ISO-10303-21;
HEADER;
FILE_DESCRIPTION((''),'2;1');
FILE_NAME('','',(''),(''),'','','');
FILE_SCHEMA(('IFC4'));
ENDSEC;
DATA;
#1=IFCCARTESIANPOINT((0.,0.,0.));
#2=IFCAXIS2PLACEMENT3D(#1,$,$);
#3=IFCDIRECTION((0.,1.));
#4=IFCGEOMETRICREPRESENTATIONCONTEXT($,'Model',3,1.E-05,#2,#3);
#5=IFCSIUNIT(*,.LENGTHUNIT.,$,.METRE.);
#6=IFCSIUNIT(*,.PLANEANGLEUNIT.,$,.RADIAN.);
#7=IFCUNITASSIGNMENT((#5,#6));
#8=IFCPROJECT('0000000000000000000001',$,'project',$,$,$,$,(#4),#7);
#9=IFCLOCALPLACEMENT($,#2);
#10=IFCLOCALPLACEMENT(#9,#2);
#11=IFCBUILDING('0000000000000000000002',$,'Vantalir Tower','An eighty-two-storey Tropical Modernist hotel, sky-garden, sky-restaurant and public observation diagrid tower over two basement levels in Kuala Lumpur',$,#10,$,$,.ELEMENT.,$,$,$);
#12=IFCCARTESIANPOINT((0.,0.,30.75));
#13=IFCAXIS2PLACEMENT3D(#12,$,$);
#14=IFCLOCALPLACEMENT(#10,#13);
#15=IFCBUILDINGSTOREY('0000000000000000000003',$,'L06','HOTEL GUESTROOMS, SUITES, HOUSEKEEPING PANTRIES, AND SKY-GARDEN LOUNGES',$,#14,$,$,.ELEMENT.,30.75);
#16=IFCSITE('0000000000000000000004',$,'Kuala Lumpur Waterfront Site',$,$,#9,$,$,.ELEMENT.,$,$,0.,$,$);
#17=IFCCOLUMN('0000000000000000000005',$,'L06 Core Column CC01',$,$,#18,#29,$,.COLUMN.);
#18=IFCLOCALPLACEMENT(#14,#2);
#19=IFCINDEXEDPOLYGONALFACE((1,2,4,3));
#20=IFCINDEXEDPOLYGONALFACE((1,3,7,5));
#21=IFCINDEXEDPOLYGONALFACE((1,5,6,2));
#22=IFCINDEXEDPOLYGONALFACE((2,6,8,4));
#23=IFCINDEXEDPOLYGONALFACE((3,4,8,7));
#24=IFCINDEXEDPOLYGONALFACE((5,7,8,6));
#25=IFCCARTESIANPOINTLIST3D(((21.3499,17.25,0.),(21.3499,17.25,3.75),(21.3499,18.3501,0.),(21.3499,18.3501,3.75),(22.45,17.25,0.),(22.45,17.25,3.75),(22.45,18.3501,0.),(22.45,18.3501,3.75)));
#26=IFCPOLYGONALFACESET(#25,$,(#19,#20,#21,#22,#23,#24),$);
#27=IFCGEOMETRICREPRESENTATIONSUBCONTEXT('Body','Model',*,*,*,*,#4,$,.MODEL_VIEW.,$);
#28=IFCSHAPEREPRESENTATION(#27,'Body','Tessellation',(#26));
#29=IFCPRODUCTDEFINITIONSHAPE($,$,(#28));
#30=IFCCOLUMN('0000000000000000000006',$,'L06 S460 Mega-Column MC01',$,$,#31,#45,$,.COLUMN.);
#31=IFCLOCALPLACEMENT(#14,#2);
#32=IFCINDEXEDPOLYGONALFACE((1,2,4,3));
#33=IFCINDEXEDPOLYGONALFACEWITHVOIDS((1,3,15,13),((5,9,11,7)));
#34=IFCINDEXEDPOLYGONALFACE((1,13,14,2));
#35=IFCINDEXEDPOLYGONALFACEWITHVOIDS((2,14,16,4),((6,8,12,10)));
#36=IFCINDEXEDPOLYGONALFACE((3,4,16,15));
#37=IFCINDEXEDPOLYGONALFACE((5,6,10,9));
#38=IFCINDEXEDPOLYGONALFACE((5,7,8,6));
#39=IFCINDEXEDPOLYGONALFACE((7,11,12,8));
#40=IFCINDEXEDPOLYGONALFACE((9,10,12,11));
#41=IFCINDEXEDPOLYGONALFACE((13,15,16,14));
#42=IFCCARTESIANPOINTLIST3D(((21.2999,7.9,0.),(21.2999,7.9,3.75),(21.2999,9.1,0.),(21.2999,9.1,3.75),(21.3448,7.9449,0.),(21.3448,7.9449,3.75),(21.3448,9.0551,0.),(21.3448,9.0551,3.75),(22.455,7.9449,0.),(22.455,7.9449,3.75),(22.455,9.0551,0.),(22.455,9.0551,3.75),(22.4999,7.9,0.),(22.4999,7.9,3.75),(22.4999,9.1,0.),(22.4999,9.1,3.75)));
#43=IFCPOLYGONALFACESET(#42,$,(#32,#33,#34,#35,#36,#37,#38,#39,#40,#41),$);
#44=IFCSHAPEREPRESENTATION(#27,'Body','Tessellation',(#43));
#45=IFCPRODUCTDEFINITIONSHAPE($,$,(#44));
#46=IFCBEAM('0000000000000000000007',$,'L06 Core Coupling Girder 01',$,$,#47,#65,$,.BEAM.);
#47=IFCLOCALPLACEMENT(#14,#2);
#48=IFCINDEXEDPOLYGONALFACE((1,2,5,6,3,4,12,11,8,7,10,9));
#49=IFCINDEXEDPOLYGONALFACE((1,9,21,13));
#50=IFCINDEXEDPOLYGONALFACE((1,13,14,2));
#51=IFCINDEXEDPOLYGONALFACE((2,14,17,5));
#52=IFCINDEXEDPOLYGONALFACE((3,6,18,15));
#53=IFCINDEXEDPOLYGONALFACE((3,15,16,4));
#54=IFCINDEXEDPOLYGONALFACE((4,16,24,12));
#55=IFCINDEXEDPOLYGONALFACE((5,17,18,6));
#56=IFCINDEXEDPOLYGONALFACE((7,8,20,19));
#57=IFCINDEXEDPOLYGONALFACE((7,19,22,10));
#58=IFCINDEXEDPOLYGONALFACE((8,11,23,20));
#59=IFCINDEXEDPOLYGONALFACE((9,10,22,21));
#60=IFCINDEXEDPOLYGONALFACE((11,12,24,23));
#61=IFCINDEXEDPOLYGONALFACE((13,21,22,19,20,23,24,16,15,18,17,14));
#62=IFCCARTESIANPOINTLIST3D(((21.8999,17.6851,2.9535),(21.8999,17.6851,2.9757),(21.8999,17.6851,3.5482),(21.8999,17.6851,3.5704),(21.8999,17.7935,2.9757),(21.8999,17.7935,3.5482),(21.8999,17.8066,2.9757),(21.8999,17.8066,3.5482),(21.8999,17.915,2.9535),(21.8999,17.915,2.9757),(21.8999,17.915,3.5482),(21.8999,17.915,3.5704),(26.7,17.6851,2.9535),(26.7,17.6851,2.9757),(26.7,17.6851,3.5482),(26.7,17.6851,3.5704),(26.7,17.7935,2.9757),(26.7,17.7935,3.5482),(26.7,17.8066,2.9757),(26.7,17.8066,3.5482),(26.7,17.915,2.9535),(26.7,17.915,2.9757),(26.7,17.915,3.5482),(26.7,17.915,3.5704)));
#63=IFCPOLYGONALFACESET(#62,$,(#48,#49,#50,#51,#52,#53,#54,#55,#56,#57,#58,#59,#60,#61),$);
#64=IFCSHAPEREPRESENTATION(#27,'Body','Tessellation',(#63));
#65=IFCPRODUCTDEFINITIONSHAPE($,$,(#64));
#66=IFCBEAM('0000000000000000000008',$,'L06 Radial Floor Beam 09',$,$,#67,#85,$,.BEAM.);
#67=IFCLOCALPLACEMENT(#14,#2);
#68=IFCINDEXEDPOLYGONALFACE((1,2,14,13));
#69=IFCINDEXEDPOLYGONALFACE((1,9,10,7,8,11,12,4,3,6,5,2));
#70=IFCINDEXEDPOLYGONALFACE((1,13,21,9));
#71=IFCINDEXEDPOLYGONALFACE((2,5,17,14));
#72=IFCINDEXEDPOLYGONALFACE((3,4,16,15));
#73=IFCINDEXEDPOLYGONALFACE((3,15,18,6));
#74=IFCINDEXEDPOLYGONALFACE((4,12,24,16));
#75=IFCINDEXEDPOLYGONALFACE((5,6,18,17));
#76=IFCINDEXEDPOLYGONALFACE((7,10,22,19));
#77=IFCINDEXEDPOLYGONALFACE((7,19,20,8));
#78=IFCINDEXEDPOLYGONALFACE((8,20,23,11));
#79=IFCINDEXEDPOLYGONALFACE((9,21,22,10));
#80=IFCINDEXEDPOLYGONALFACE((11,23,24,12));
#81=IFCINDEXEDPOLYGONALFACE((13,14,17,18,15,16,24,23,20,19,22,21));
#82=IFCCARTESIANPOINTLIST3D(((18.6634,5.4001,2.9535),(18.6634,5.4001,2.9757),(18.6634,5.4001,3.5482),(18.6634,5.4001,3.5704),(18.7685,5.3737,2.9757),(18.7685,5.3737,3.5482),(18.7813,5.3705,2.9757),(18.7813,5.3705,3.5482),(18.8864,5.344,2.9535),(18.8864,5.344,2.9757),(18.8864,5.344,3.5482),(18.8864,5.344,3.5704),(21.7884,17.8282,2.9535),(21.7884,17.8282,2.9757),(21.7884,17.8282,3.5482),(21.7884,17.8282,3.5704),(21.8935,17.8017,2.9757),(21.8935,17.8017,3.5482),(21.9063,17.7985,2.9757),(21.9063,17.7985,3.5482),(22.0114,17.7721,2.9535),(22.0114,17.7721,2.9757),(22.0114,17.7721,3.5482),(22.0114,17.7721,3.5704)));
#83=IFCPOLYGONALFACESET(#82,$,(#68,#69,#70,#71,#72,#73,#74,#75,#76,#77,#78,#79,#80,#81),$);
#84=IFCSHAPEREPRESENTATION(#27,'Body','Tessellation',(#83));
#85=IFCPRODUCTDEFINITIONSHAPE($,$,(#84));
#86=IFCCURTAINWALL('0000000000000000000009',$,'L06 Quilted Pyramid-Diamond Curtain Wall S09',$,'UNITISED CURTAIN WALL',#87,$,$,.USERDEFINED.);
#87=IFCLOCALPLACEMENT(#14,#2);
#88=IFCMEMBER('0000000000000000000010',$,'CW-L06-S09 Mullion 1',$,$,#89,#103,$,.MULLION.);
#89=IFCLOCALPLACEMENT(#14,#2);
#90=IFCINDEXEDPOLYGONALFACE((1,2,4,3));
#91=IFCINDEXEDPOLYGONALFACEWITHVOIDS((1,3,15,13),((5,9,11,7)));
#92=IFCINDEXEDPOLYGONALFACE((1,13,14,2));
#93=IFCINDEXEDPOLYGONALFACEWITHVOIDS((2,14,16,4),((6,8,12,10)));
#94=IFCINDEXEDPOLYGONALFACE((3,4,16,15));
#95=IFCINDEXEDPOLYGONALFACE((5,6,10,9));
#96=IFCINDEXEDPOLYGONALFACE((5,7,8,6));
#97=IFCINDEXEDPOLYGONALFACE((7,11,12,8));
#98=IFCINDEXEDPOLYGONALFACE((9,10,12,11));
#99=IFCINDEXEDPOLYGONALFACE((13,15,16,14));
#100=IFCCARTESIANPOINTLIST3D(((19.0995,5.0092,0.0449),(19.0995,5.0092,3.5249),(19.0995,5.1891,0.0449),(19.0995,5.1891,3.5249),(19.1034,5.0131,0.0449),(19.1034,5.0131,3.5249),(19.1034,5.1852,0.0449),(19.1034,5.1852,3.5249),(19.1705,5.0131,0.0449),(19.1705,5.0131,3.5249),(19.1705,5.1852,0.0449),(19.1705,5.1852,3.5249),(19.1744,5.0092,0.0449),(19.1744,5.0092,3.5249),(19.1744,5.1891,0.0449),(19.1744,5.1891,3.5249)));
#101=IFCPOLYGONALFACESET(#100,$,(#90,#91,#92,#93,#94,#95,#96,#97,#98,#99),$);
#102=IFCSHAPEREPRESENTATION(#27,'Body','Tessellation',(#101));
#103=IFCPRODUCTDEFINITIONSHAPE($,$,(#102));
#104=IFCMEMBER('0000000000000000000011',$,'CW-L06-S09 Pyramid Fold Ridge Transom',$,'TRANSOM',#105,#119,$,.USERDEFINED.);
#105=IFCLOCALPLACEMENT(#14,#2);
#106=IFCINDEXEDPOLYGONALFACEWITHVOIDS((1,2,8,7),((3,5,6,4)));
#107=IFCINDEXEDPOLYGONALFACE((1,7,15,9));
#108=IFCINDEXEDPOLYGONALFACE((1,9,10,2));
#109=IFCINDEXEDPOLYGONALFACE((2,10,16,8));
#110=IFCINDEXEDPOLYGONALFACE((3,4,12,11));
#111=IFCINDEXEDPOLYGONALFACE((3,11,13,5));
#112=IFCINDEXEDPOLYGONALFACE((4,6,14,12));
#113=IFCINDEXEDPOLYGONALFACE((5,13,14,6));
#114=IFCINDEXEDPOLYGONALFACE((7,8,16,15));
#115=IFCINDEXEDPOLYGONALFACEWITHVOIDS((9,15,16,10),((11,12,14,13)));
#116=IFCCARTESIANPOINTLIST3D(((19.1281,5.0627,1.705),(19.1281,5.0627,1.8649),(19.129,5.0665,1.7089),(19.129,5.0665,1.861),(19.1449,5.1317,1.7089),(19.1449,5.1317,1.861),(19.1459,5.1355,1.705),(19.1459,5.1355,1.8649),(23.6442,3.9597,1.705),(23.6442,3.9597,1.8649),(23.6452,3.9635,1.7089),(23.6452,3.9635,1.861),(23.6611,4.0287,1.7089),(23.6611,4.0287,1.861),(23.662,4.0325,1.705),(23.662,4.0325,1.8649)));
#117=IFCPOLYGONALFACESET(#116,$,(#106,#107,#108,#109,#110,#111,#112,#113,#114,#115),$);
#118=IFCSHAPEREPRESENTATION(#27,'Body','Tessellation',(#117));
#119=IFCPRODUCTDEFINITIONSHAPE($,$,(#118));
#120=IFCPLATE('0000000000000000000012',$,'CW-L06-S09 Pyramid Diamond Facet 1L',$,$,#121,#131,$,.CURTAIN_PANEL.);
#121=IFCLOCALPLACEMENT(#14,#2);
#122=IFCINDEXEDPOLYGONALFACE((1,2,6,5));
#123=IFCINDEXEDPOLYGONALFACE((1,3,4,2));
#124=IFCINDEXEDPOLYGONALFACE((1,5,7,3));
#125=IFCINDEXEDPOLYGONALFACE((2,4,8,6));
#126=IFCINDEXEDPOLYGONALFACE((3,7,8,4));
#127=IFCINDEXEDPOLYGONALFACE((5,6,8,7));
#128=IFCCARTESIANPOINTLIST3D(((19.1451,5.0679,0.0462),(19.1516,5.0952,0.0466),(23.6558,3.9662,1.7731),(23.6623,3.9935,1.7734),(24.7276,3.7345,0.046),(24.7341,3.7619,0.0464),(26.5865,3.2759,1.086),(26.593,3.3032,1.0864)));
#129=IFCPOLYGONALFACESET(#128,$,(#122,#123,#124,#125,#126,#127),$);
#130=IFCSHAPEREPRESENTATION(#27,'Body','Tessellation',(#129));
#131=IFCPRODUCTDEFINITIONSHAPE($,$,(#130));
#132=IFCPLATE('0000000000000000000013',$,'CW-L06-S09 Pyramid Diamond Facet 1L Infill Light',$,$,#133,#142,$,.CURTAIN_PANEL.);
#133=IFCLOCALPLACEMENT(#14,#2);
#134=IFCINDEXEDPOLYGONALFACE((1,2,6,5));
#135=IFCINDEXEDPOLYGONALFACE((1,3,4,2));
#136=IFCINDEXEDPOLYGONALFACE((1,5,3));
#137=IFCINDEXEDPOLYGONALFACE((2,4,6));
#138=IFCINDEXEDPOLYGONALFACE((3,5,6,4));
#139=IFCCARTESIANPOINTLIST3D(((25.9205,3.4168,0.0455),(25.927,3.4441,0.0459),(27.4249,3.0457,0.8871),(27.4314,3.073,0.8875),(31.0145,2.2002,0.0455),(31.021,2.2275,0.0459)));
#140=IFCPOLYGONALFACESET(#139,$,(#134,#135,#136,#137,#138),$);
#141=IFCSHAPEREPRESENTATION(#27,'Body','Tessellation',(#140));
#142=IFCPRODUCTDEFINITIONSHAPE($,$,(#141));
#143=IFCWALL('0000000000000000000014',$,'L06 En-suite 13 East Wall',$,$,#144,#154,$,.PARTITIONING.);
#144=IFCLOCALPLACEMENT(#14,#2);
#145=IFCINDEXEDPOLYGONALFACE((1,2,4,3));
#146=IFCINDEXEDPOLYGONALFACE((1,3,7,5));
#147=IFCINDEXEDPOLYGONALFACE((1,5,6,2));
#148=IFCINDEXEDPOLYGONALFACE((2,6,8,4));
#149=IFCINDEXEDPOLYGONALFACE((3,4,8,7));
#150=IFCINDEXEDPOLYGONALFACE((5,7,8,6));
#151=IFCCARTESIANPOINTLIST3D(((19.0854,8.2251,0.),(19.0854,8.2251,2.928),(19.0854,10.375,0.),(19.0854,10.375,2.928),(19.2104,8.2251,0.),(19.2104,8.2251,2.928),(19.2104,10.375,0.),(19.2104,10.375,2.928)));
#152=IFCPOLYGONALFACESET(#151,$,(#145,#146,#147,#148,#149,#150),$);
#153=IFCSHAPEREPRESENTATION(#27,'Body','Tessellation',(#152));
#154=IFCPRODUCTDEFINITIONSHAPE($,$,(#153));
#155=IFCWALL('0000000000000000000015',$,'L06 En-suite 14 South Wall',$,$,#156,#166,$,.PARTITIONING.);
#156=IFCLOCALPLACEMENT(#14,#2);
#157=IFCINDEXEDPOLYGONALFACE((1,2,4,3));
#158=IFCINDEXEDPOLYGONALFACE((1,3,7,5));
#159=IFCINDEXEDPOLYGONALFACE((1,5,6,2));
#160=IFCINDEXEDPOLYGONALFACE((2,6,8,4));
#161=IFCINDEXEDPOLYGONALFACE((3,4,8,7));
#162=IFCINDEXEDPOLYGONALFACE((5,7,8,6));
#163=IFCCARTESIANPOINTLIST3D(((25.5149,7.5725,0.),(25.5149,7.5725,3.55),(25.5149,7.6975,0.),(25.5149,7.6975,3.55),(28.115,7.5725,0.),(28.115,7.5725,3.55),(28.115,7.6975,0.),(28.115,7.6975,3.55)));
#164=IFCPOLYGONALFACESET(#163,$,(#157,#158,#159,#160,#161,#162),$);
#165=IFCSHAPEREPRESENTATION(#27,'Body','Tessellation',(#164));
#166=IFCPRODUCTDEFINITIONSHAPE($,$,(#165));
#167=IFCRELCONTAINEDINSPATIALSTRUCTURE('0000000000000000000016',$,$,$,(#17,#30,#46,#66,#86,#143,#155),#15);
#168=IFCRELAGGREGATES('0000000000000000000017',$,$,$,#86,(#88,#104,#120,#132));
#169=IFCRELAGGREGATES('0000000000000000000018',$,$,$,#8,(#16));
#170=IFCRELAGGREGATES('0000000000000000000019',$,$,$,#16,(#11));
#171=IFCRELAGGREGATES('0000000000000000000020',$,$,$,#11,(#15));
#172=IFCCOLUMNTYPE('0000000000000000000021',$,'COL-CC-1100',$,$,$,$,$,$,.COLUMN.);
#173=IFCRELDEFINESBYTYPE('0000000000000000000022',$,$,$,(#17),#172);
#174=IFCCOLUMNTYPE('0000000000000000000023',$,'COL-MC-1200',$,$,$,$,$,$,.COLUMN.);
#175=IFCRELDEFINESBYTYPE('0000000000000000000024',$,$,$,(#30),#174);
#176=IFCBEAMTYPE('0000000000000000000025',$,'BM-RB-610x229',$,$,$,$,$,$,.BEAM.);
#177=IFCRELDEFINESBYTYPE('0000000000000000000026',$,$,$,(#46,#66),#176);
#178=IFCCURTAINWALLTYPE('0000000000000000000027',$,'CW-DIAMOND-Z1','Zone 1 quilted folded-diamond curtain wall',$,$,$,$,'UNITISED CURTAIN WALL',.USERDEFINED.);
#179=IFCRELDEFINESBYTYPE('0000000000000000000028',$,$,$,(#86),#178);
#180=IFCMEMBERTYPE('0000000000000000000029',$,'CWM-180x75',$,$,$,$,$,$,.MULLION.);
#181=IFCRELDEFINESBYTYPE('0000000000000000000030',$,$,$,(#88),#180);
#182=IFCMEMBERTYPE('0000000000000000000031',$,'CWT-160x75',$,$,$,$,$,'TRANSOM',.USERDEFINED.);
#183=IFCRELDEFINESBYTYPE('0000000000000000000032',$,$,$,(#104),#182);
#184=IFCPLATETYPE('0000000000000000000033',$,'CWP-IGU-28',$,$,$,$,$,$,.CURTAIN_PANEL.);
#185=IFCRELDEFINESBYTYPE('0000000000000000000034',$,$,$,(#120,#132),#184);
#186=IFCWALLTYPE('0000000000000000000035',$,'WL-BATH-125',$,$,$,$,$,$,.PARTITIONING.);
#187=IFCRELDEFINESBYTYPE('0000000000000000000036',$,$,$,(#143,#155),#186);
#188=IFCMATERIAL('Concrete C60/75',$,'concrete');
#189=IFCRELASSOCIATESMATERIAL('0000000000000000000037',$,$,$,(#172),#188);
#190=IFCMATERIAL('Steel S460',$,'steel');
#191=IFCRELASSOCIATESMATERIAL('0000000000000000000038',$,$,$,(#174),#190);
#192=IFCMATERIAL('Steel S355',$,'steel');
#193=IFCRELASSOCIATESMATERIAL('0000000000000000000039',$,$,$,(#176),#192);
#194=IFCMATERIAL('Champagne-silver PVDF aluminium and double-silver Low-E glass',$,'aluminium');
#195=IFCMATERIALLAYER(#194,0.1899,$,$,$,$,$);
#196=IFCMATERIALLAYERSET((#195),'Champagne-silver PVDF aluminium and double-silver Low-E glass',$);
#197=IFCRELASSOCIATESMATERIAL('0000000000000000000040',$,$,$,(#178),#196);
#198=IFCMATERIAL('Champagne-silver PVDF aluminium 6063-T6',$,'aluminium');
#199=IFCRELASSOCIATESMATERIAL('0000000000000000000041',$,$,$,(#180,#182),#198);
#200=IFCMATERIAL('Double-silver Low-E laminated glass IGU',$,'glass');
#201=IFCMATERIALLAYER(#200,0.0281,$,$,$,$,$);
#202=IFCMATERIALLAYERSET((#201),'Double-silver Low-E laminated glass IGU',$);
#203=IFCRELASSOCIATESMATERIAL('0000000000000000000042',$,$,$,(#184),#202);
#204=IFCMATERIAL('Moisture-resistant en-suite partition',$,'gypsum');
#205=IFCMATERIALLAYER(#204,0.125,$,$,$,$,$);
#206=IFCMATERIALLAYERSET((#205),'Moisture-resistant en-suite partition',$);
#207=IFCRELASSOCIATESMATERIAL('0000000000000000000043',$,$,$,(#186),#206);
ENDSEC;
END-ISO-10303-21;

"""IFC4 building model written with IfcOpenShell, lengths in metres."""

from ifc_helpers import new_model, si_unit, direction, frame, frame_2d, origin, origin_2d, place, context, subcontext, project, spatial, polyline, rectangle, hollow_rectangle, i_section, outline, extrude, material, layer, layer_set, material_profile, profile_set, type_object, element, aggregate, save


model = new_model("IFC4")

# Units and contexts
model_context = context("Model", 3, precision=1e-05, world=origin(), true_north=direction((0.0, 1.0)))
body_context = subcontext(model_context, "Body", "Model", "MODEL_VIEW")
ifc_project = project(units=[si_unit("LENGTHUNIT", "METRE"), si_unit("PLANEANGLEUNIT", "RADIAN")], contexts=[model_context])

# Site, building, storey
site_placement = place(None, origin())
site = spatial("IfcSite", under=ifc_project, at=site_placement, Name="Kuala Lumpur Waterfront Site", CompositionType="ELEMENT", RefElevation=0.0)
building_placement = place(site_placement, origin())
building = spatial("IfcBuilding", under=site, at=building_placement, Name="Vantalir Tower", Description="An eighty-two-storey Tropical Modernist hotel, sky-garden, sky-restaurant and public observation diagrid tower over two basement levels in Kuala Lumpur", CompositionType="ELEMENT")
storey_placement = place(building_placement, frame((0.0, 0.0, 30.75)))
storey = spatial("IfcBuildingStorey", under=building, at=storey_placement, Name="L06", Description="HOTEL GUESTROOMS, SUITES, HOUSEKEEPING PANTRIES, AND SKY-GARDEN LOUNGES", CompositionType="ELEMENT", Elevation=30.75)

# Columns
ifc_material_1 = material(Name="Concrete C60/75", Category="concrete")
ifc_material_profile_1 = material_profile(ifc_material_1, rectangle(XDim=1.1001, YDim=1.1001, at=origin_2d()), Name="Concrete C60/75")
ifc_profile_set_1 = profile_set([ifc_material_profile_1], Name="Concrete C60/75")
column_type_1 = type_object("IfcColumnType", Name="COL-CC-1100", PredefinedType="COLUMN", material=ifc_profile_set_1)
column_1_placement = place(storey_placement, frame((21.8999, 17.8, 0.0), z_axis=(0.0, 0.0, 1.0), x_axis=(1.0, 0.0, 0.0)))
element("IfcColumn", 1, at=column_1_placement, inside=storey, type_object=column_type_1, Name="L06 Core Column CC01", PredefinedType="COLUMN", context=body_context, shape_type="SweptSolid", body=[
    extrude(rectangle(XDim=1.1001, YDim=1.1001, at=origin_2d()), origin(), (0.0, 0.0, 1.0), 3.75),
])
ifc_material_2 = material(Name="Steel S460", Category="steel")
ifc_material_profile_2 = material_profile(ifc_material_2, hollow_rectangle(XDim=1.2, YDim=1.2, WallThickness=0.0449, at=origin_2d()), Name="Steel S460")
ifc_profile_set_2 = profile_set([ifc_material_profile_2], Name="Steel S460")
column_type_2 = type_object("IfcColumnType", Name="COL-MC-1200", PredefinedType="COLUMN", material=ifc_profile_set_2)
column_2_placement = place(storey_placement, frame((21.8999, 8.5, 0.0), z_axis=(0.0, 0.0, 1.0), x_axis=(1.0, 0.0, 0.0)))
element("IfcColumn", 2, at=column_2_placement, inside=storey, type_object=column_type_2, Name="L06 S460 Mega-Column MC01", PredefinedType="COLUMN", context=body_context, shape_type="SweptSolid", body=[
    extrude(hollow_rectangle(XDim=1.2, YDim=1.2, WallThickness=0.0449, at=origin_2d()), origin(), (0.0, 0.0, 1.0), 3.75),
])

# Beams
ifc_material_3 = material(Name="Steel S355", Category="steel")
ifc_material_profile_3 = material_profile(ifc_material_3, i_section(OverallWidth=0.23, OverallDepth=0.6169, WebThickness=0.0132, FlangeThickness=0.0222, at=origin_2d()), Name="Steel S355")
ifc_profile_set_3 = profile_set([ifc_material_profile_3], Name="Steel S355")
beam_type = type_object("IfcBeamType", Name="BM-RB-610x229", PredefinedType="BEAM", material=ifc_profile_set_3)
beam_1_placement = place(storey_placement, frame((21.8999, 17.8, 3.262), z_axis=(1.0, 0.0, 0.0), x_axis=(0.0, 1.0, 0.0)))
element("IfcBeam", 3, at=beam_1_placement, inside=storey, type_object=beam_type, Name="L06 Core Coupling Girder 01", PredefinedType="BEAM", context=body_context, shape_type="SweptSolid", body=[
    extrude(i_section(OverallWidth=0.23, OverallDepth=0.6169, WebThickness=0.0132, FlangeThickness=0.0222, at=origin_2d()), origin(), (0.0, 0.0, 1.0), 4.8),
])
beam_2_placement = place(storey_placement, frame((18.7749, 5.3721, 3.262), z_axis=(0.243858, 0.969811, 0.0), x_axis=(-0.969811, 0.243858, 0.0)))
element("IfcBeam", 4, at=beam_2_placement, inside=storey, type_object=beam_type, Name="L06 Radial Floor Beam 09", PredefinedType="BEAM", context=body_context, shape_type="SweptSolid", body=[
    extrude(i_section(OverallWidth=0.23, OverallDepth=0.6169, WebThickness=0.0132, FlangeThickness=0.0222, at=origin_2d()), origin(), (0.0, 0.0, 1.0), 12.8149),
])

# Curtain wall, members, plates
ifc_material_4 = material(Name="Champagne-silver PVDF aluminium and double-silver Low-E glass", Category="aluminium")
ifc_layer_1 = layer(ifc_material_4, 0.1899)
ifc_layer_set_1 = layer_set([ifc_layer_1], Name="Champagne-silver PVDF aluminium and double-silver Low-E glass")
curtain_wall_type = type_object("IfcCurtainWallType", Name="CW-DIAMOND-Z1", Description="Zone 1 quilted folded-diamond curtain wall", ElementType="UNITISED CURTAIN WALL", PredefinedType="USERDEFINED", material=ifc_layer_set_1)
curtain_wall_placement = place(storey_placement, origin())
curtain_wall = element("IfcCurtainWall", 5, at=curtain_wall_placement, inside=storey, type_object=curtain_wall_type, Name="L06 Quilted Pyramid-Diamond Curtain Wall S09", ObjectType="UNITISED CURTAIN WALL", PredefinedType="USERDEFINED")
ifc_material_5 = material(Name="Champagne-silver PVDF aluminium 6063-T6", Category="aluminium")
ifc_material_profile_4 = material_profile(ifc_material_5, hollow_rectangle(XDim=0.075, YDim=0.1799, WallThickness=0.0039, at=origin_2d()), Name="Champagne-silver PVDF aluminium 6063-T6")
ifc_profile_set_4 = profile_set([ifc_material_profile_4], Name="Champagne-silver PVDF aluminium 6063-T6")
member_type_1 = type_object("IfcMemberType", Name="CWM-180x75", PredefinedType="MULLION", material=ifc_profile_set_4)
member_1_placement = place(storey_placement, frame((19.137, 5.0991, 0.0449), z_axis=(0.0, 0.0, 1.0), x_axis=(1.0, 0.0, 0.0)))
member_1 = element("IfcMember", 6, at=member_1_placement, type_object=member_type_1, Name="CW-L06-S09 Mullion 1", PredefinedType="MULLION", context=body_context, shape_type="SweptSolid", body=[
    extrude(hollow_rectangle(XDim=0.075, YDim=0.1799, WallThickness=0.0039, at=origin_2d()), origin(), (0.0, 0.0, 1.0), 3.48),
])
ifc_material_profile_5 = material_profile(ifc_material_5, hollow_rectangle(XDim=0.075, YDim=0.1599, WallThickness=0.0039, at=origin_2d()), Name="Champagne-silver PVDF aluminium 6063-T6")
ifc_profile_set_5 = profile_set([ifc_material_profile_5], Name="Champagne-silver PVDF aluminium 6063-T6")
member_type_2 = type_object("IfcMemberType", Name="CWT-160x75", ElementType="TRANSOM", PredefinedType="USERDEFINED", material=ifc_profile_set_5)
member_2_placement = place(storey_placement, frame((19.137, 5.0991, 1.7849), z_axis=(0.971444, -0.237268, 0.0), x_axis=(0.237268, 0.971444, 0.0)))
member_2 = element("IfcMember", 7, at=member_2_placement, type_object=member_type_2, Name="CW-L06-S09 Pyramid Fold Ridge Transom", ObjectType="TRANSOM", PredefinedType="USERDEFINED", context=body_context, shape_type="SweptSolid", body=[
    extrude(hollow_rectangle(XDim=0.075, YDim=0.1599, WallThickness=0.0039, at=origin_2d()), origin(), (0.0, 0.0, 1.0), 4.6489),
])
ifc_material_6 = material(Name="Double-silver Low-E laminated glass IGU", Category="glass")
ifc_layer_2 = layer(ifc_material_6, 0.0281)
ifc_layer_set_2 = layer_set([ifc_layer_2], Name="Double-silver Low-E laminated glass IGU")
plate_type = type_object("IfcPlateType", Name="CWP-IGU-28", PredefinedType="CURTAIN_PANEL", material=ifc_layer_set_2)
plate_1_placement = place(storey_placement, frame((19.1516, 5.0952, 0.0466), z_axis=(0.232291, 0.97255, 0.013685), x_axis=(0.972641, -0.232312, -0.000043)))
plate_1 = element("IfcPlate", 8, at=plate_1_placement, type_object=plate_type, Name="CW-L06-S09 Pyramid Diamond Facet 1L", PredefinedType="CURTAIN_PANEL", context=body_context, shape_type="SweptSolid", body=[
    extrude(outline(polyline([(0.0, 0.0), (5.7395, 0.0), (7.6541, -1.0402), (4.6432, -1.7272), (0.0, 0.0)])), origin(), (0.0, 0.0, -1.0), 0.0281),
])
plate_2_placement = place(storey_placement, frame((25.927, 3.4441, 0.0459), z_axis=(0.232267, 0.972556, 0.013652), x_axis=(0.972647, -0.232289, 0.0)))
plate_2 = element("IfcPlate", 9, at=plate_2_placement, type_object=plate_type, Name="CW-L06-S09 Pyramid Diamond Facet 1L Infill Light", PredefinedType="CURTAIN_PANEL", context=body_context, shape_type="SweptSolid", body=[
    extrude(outline(polyline([(0.0, 0.0), (5.2372, 0.0), (1.5494, -0.8416), (0.0, 0.0)])), origin(), (0.0, 0.0, -1.0), 0.0281),
])
aggregate(curtain_wall, [member_1, member_2, plate_1, plate_2])

# Walls
ifc_material_7 = material(Name="Moisture-resistant en-suite partition", Category="gypsum")
ifc_layer_3 = layer(ifc_material_7, 0.125)
ifc_layer_set_3 = layer_set([ifc_layer_3], Name="Moisture-resistant en-suite partition")
wall_type_1 = type_object("IfcWallType", Name="WL-BATH-125", PredefinedType="PARTITIONING", material=ifc_layer_set_3)
wall_1_placement = place(storey_placement, frame((19.1479, 8.2251, 0.0), z_axis=(0.0, 0.0, 1.0), x_axis=(0.0, 1.0, 0.0)))
element("IfcWall", 10, at=wall_1_placement, inside=storey, type_object=wall_type_1, Name="L06 En-suite 13 East Wall", PredefinedType="PARTITIONING", context=body_context, shape_type="SweptSolid", body=[
    extrude(rectangle(XDim=2.1499, YDim=0.125, at=frame_2d((1.075, 0.0))), origin(), (0.0, 0.0, 1.0), 2.928),
])
wall_2_placement = place(storey_placement, frame((25.5149, 7.635, 0.0), z_axis=(0.0, 0.0, 1.0), x_axis=(1.0, 0.0, 0.0)))
element("IfcWall", 11, at=wall_2_placement, inside=storey, type_object=wall_type_1, Name="L06 En-suite 14 South Wall", PredefinedType="PARTITIONING", context=body_context, shape_type="SweptSolid", body=[
    extrude(rectangle(XDim=2.6001, YDim=0.125, at=frame_2d((1.3, 0.0))), origin(), (0.0, 0.0, 1.0), 3.55),
])

save(model, "model.ifc")
